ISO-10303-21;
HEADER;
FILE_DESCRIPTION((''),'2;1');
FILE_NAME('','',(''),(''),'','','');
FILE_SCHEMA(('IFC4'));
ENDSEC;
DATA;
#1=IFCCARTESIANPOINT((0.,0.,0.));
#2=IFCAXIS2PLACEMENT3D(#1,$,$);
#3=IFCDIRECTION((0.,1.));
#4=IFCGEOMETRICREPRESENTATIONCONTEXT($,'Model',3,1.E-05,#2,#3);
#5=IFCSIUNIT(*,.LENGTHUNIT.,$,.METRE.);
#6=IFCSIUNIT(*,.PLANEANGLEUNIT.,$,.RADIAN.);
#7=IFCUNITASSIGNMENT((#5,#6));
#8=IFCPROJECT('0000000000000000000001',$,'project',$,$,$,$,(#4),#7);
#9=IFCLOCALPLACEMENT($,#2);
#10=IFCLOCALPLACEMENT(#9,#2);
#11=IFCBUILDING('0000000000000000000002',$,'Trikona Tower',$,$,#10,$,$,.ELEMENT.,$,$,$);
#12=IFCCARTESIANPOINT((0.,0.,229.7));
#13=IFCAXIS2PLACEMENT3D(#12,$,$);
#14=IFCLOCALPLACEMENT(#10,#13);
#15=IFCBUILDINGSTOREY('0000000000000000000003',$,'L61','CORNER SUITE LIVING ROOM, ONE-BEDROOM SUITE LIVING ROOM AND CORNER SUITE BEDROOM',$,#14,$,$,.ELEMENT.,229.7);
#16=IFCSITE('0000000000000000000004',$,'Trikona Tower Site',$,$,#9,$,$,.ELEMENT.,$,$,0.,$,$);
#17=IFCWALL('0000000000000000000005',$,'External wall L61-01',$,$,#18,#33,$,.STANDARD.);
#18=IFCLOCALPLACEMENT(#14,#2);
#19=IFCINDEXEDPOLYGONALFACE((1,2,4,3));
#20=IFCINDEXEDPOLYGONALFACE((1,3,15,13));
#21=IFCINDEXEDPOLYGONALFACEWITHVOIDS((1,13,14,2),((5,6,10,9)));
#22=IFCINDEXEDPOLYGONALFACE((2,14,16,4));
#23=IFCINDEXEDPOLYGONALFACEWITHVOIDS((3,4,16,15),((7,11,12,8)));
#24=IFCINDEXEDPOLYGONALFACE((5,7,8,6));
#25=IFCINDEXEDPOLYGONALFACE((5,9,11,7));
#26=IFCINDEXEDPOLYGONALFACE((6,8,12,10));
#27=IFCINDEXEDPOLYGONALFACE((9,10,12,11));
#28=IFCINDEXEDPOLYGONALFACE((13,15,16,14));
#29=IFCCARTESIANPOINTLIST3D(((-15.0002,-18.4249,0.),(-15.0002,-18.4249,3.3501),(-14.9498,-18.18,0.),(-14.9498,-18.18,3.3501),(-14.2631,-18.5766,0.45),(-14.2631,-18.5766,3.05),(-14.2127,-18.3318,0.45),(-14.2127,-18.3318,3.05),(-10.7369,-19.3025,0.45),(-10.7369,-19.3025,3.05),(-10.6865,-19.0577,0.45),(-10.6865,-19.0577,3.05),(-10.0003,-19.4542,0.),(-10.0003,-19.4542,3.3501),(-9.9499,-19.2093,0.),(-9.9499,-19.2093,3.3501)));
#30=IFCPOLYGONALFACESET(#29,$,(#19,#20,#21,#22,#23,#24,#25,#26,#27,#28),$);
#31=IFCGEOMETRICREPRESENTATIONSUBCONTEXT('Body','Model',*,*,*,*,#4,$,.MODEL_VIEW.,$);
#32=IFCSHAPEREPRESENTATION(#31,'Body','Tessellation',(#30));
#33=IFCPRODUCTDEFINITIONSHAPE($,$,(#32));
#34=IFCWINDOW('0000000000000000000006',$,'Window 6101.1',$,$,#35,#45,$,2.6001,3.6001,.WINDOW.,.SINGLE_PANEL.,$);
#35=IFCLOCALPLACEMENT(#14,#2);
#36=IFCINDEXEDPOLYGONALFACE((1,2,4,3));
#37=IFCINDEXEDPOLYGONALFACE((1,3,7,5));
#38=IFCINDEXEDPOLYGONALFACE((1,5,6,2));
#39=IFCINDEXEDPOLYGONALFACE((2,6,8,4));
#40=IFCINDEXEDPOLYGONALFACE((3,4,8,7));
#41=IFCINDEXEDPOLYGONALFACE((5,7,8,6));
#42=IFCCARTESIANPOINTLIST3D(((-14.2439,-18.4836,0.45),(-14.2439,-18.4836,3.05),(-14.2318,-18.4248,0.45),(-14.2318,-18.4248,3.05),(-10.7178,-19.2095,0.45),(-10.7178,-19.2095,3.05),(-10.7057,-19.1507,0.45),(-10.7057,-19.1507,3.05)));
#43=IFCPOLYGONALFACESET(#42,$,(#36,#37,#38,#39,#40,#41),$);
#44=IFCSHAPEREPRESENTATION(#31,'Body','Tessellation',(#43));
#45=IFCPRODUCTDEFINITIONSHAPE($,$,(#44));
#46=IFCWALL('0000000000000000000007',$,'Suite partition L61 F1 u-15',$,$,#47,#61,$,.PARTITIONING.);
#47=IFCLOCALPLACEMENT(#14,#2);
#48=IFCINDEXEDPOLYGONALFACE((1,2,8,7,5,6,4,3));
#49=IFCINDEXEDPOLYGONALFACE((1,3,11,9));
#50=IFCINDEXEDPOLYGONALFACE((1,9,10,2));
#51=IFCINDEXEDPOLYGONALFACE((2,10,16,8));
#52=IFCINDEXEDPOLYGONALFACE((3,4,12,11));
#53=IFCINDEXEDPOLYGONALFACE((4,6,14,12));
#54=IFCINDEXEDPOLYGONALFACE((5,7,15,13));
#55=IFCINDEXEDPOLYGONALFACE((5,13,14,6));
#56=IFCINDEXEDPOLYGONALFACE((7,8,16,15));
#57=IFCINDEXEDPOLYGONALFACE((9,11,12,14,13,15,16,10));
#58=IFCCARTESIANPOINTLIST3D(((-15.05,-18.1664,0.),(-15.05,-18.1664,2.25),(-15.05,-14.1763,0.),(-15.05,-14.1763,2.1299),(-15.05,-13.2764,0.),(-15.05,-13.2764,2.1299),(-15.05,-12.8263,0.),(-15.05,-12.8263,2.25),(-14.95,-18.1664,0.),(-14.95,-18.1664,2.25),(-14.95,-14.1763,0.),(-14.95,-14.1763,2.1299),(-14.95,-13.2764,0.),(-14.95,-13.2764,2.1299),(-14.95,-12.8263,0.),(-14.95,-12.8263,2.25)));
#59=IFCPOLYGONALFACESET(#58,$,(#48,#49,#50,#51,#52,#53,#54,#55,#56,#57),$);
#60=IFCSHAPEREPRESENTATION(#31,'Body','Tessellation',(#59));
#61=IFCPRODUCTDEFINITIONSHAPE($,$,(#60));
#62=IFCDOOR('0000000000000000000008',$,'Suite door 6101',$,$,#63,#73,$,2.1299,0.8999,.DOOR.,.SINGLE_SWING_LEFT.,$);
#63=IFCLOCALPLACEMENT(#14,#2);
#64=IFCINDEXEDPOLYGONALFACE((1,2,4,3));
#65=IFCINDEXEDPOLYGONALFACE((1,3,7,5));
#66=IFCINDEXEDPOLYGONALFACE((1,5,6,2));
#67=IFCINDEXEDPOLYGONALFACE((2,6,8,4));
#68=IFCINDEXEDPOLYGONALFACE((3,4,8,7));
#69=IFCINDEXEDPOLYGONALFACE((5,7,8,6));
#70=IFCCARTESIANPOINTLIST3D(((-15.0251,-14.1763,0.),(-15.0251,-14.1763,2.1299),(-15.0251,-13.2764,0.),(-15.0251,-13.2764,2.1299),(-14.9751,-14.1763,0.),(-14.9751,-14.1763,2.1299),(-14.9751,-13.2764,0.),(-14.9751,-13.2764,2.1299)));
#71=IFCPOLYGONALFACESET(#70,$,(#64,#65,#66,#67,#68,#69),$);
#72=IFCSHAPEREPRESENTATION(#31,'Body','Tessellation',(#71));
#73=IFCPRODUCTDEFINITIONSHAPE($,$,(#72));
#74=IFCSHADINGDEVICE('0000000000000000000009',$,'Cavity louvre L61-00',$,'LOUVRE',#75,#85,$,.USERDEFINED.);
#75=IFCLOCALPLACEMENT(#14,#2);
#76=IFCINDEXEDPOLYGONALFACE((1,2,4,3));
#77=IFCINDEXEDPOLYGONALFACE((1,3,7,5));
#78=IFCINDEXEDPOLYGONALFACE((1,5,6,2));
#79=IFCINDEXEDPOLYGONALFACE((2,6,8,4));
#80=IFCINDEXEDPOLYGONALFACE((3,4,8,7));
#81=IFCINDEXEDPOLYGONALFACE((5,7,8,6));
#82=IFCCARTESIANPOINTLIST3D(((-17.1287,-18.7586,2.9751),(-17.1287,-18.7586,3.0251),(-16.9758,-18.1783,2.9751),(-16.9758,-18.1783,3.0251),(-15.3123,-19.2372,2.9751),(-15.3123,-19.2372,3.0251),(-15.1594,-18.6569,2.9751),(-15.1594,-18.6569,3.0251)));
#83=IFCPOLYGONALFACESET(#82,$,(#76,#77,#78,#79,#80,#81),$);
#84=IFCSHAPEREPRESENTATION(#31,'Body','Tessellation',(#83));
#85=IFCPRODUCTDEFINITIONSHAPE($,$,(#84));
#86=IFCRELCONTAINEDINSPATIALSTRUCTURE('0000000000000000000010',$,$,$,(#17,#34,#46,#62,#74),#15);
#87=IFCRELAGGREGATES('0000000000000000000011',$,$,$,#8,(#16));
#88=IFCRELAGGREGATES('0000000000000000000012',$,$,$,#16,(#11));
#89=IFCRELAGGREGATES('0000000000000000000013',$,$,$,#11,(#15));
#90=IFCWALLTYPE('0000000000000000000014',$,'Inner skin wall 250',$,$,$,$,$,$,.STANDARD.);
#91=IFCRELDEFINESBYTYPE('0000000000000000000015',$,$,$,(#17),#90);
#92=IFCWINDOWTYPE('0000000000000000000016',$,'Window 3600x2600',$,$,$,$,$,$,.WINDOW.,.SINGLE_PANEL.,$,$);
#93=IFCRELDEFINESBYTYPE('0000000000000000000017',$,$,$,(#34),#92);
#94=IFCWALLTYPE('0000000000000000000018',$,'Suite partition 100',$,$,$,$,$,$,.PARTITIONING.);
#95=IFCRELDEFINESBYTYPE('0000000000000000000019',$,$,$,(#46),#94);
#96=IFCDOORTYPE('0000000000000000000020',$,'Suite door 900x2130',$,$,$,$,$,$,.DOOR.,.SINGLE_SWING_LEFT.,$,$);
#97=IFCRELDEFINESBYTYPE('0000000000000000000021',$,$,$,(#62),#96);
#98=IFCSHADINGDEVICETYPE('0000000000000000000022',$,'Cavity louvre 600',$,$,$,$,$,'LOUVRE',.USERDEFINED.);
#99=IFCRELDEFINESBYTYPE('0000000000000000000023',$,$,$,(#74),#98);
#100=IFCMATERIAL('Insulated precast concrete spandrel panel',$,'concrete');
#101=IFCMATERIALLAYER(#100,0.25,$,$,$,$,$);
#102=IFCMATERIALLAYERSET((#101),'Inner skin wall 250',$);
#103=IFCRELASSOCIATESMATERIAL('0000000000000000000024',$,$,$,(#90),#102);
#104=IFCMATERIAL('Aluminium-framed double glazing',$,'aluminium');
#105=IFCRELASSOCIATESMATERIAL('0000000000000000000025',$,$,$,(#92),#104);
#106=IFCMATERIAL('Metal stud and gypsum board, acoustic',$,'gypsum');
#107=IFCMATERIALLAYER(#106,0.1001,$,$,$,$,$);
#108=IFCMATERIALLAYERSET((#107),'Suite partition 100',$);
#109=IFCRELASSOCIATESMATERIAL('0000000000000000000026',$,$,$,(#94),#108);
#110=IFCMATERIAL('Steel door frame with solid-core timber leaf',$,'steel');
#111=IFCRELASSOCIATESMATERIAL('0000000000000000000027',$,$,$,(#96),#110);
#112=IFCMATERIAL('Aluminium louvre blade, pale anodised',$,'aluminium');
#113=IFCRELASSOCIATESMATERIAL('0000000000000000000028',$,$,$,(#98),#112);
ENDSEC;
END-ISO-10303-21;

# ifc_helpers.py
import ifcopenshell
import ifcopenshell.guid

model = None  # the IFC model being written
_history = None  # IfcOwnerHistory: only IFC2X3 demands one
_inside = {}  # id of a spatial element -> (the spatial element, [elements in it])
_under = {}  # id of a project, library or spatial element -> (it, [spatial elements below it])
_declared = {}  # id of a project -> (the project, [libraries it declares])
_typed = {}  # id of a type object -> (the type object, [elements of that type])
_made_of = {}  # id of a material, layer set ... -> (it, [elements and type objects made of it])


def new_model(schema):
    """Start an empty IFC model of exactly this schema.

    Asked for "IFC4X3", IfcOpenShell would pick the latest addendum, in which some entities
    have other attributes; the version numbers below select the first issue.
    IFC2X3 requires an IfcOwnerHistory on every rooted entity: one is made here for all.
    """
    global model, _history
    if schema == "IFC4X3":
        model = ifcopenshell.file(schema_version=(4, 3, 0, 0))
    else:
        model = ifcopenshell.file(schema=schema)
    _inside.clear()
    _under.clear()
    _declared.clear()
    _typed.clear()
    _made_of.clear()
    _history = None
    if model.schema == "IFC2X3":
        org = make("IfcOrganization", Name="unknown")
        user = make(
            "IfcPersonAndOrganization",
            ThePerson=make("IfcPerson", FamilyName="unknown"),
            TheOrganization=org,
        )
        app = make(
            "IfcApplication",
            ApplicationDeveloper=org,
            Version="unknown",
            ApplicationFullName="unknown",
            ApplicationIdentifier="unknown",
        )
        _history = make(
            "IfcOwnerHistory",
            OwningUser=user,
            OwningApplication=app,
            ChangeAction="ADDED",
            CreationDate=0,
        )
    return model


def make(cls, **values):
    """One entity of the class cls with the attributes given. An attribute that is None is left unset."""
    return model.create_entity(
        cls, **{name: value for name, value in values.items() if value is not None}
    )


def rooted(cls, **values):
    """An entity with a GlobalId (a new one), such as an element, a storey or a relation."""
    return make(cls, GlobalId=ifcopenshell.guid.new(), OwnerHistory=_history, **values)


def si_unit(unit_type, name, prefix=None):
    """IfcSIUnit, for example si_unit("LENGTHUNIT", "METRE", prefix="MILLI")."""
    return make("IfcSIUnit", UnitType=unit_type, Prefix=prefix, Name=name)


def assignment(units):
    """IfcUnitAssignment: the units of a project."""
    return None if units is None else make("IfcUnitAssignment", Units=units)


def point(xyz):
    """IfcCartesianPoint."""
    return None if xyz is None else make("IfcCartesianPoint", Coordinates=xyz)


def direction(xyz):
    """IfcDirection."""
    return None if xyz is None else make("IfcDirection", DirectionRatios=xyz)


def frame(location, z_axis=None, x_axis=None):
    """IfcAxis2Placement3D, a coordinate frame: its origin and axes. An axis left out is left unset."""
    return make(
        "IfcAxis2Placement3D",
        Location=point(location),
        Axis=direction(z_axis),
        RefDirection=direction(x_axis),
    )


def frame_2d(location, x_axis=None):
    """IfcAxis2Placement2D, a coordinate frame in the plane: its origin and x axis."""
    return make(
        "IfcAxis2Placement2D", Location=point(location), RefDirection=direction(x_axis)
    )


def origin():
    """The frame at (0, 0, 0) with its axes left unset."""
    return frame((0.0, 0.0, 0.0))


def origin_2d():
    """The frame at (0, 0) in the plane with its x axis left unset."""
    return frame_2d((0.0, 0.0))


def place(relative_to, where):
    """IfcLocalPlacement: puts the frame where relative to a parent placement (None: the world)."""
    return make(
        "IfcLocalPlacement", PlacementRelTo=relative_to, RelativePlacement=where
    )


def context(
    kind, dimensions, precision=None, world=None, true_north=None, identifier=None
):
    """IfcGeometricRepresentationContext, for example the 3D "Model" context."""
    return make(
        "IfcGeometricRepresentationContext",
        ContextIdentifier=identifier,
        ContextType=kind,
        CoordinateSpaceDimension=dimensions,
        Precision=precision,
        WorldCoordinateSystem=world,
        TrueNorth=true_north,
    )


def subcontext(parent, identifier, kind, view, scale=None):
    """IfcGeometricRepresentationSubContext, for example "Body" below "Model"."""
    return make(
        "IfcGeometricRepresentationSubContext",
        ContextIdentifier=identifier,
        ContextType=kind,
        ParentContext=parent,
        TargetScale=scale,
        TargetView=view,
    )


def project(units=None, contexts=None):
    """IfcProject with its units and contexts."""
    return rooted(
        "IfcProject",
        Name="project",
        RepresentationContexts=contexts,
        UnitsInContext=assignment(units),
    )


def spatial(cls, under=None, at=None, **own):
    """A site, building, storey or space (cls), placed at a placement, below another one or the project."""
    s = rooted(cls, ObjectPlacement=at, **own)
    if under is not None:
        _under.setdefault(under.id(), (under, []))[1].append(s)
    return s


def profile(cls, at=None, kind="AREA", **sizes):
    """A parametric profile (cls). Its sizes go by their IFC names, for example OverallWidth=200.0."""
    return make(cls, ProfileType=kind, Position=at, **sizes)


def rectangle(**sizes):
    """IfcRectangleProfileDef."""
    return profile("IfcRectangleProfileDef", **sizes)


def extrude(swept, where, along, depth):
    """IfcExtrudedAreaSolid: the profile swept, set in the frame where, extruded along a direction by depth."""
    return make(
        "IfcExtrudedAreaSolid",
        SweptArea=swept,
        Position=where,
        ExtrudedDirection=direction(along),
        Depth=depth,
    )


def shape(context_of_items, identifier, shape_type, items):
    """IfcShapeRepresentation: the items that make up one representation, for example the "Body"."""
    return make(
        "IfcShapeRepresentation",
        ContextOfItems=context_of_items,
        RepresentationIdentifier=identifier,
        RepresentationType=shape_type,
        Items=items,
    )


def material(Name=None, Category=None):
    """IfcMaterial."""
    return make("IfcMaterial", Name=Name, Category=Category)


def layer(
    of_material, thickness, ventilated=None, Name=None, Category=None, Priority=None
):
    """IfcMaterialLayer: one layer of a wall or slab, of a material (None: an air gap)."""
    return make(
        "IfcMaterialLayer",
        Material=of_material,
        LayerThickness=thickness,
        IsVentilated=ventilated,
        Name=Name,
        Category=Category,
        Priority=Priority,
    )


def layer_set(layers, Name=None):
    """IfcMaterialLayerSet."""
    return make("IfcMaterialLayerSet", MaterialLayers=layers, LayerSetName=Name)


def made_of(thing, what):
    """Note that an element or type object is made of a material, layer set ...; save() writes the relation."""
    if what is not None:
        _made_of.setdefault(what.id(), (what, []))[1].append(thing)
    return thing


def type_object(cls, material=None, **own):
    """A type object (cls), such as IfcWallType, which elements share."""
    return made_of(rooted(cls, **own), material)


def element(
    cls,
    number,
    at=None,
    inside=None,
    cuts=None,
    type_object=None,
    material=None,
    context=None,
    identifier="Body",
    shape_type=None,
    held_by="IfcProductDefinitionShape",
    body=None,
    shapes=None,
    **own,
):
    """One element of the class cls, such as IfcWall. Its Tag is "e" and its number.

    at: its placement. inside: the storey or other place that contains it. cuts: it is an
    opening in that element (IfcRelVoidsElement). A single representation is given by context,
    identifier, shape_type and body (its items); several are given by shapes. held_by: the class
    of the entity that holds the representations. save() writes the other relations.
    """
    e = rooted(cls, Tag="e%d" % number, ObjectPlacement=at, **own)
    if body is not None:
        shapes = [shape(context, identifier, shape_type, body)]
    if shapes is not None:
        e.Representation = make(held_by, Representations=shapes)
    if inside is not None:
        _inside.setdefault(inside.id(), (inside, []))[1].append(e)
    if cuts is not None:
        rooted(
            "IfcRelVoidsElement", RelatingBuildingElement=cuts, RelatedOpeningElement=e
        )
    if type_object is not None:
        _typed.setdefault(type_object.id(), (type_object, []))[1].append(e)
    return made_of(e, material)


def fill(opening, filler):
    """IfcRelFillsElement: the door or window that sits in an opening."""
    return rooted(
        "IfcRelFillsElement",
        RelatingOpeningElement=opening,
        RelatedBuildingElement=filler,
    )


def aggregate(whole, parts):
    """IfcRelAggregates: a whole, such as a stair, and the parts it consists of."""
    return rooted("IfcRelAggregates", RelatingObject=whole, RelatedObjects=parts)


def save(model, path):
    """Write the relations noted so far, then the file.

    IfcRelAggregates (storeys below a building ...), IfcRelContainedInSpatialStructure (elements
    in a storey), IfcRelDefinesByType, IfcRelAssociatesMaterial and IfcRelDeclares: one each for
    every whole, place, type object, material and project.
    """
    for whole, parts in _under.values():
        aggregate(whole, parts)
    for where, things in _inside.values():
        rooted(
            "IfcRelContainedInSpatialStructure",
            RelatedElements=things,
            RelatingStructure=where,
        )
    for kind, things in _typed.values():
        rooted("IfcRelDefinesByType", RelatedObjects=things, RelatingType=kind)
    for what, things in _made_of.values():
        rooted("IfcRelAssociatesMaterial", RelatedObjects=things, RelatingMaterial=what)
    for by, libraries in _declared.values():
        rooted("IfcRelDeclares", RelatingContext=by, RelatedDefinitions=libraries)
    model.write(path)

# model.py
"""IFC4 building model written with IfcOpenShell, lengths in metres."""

from ifc_helpers import new_model, si_unit, direction, frame, frame_2d, origin, origin_2d, place, context, subcontext, project, spatial, rectangle, extrude, material, layer, layer_set, type_object, element, fill, save


model = new_model("IFC4")

# Units and contexts
model_context = context("Model", 3, precision=1e-05, world=origin(), true_north=direction((0.0, 1.0)))
body_context = subcontext(model_context, "Body", "Model", "MODEL_VIEW")
ifc_project = project(units=[si_unit("LENGTHUNIT", "METRE"), si_unit("PLANEANGLEUNIT", "RADIAN")], contexts=[model_context])

# Site, building, storey
site_placement = place(None, origin())
site = spatial("IfcSite", under=ifc_project, at=site_placement, Name="Trikona Tower Site", CompositionType="ELEMENT", RefElevation=0.0)
building_placement = place(site_placement, origin())
building = spatial("IfcBuilding", under=site, at=building_placement, Name="Trikona Tower", CompositionType="ELEMENT")
storey_placement = place(building_placement, frame((0.0, 0.0, 229.7)))
storey = spatial("IfcBuildingStorey", under=building, at=storey_placement, Name="L61", Description="CORNER SUITE LIVING ROOM, ONE-BEDROOM SUITE LIVING ROOM AND CORNER SUITE BEDROOM", CompositionType="ELEMENT", Elevation=229.7)

# Wall, opening, window
ifc_material_1 = material(Name="Insulated precast concrete spandrel panel", Category="concrete")
ifc_layer_1 = layer(ifc_material_1, 0.25)
ifc_layer_set_1 = layer_set([ifc_layer_1], Name="Inner skin wall 250")
wall_type_1 = type_object("IfcWallType", Name="Inner skin wall 250", PredefinedType="STANDARD", material=ifc_layer_set_1)
wall_1_placement = place(storey_placement, frame((-14.9749, -18.3025, 0.0), z_axis=(0.0, 0.0, 1.0), x_axis=(0.979461, -0.201631, 0.0)))
wall_1 = element("IfcWall", 1, at=wall_1_placement, inside=storey, type_object=wall_type_1, Name="External wall L61-01", PredefinedType="STANDARD", context=body_context, shape_type="SweptSolid", body=[
    extrude(rectangle(XDim=5.1047, YDim=0.25, at=frame_2d((2.5522, 0.0))), origin(), (0.0, 0.0, 1.0), 3.3501),
])
opening_1_placement = place(wall_1_placement, frame((0.7524, 0.0, 0.45)))
opening_1 = element("IfcOpeningElement", 2, at=opening_1_placement, cuts=wall_1, PredefinedType="OPENING", context=body_context, shape_type="SweptSolid", body=[
    extrude(rectangle(XDim=3.6001, YDim=2.6001, at=frame_2d((1.8, 1.3))), frame((0.0, 0.135, 0.0), z_axis=(0.0, -1.0, 0.0), x_axis=(1.0, 0.0, 0.0)), (0.0, 0.0, 1.0), 0.27),
])
ifc_material_2 = material(Name="Aluminium-framed double glazing", Category="aluminium")
window_type = type_object("IfcWindowType", Name="Window 3600x2600", PartitioningType="SINGLE_PANEL", PredefinedType="WINDOW", material=ifc_material_2)
window_placement = place(opening_1_placement, origin())
window = element("IfcWindow", 3, at=window_placement, inside=storey, type_object=window_type, Name="Window 6101.1", OverallHeight=2.6001, OverallWidth=3.6001, PartitioningType="SINGLE_PANEL", PredefinedType="WINDOW", context=body_context, shape_type="SweptSolid", body=[
    extrude(rectangle(XDim=3.6001, YDim=2.6001, at=frame_2d((1.8, 1.3))), frame((0.0, 0.03, 0.0), z_axis=(0.0, -1.0, 0.0), x_axis=(1.0, 0.0, 0.0)), (0.0, 0.0, 1.0), 0.0601),
])
fill(opening_1, window)

# Wall, opening, door
ifc_material_3 = material(Name="Metal stud and gypsum board, acoustic", Category="gypsum")
ifc_layer_2 = layer(ifc_material_3, 0.1001)
ifc_layer_set_2 = layer_set([ifc_layer_2], Name="Suite partition 100")
wall_type_2 = type_object("IfcWallType", Name="Suite partition 100", PredefinedType="PARTITIONING", material=ifc_layer_set_2)
wall_2_placement = place(storey_placement, frame((-15.0, -12.8264, 0.0), z_axis=(0.0, 0.0, 1.0), x_axis=(0.0, -1.0, 0.0)))
wall_2 = element("IfcWall", 4, at=wall_2_placement, inside=storey, type_object=wall_type_2, Name="Suite partition L61 F1 u-15", PredefinedType="PARTITIONING", context=body_context, shape_type="SweptSolid", body=[
    extrude(rectangle(XDim=5.3401, YDim=0.1001, at=frame_2d((2.6699, 0.0))), origin(), (0.0, 0.0, 1.0), 2.25),
])
opening_2_placement = place(wall_2_placement, frame((0.45, 0.0, 0.0)))
opening_2 = element("IfcOpeningElement", 5, at=opening_2_placement, cuts=wall_2, PredefinedType="OPENING", context=body_context, shape_type="SweptSolid", body=[
    extrude(rectangle(XDim=0.8999, YDim=2.1299, at=frame_2d((0.45, 1.0649))), frame((0.0, 0.0601, 0.0), z_axis=(0.0, -1.0, 0.0), x_axis=(1.0, 0.0, 0.0)), (0.0, 0.0, 1.0), 0.1201),
])
ifc_material_4 = material(Name="Steel door frame with solid-core timber leaf", Category="steel")
door_type = type_object("IfcDoorType", Name="Suite door 900x2130", OperationType="SINGLE_SWING_LEFT", PredefinedType="DOOR", material=ifc_material_4)
door_placement = place(opening_2_placement, origin())
door = element("IfcDoor", 6, at=door_placement, inside=storey, type_object=door_type, Name="Suite door 6101", OperationType="SINGLE_SWING_LEFT", OverallHeight=2.1299, OverallWidth=0.8999, PredefinedType="DOOR", context=body_context, shape_type="SweptSolid", body=[
    extrude(rectangle(XDim=0.8999, YDim=2.1299, at=frame_2d((0.45, 1.0649))), frame((0.0, 0.0249, 0.0), z_axis=(0.0, -1.0, 0.0), x_axis=(1.0, 0.0, 0.0)), (0.0, 0.0, 1.0), 0.05),
])
fill(opening_2, door)

# Shading device
ifc_material_5 = material(Name="Aluminium louvre blade, pale anodised", Category="aluminium")
shading_device_type = type_object("IfcShadingDeviceType", Name="Cavity louvre 600", ElementType="LOUVRE", PredefinedType="USERDEFINED", material=ifc_material_5)
shading_device_placement = place(storey_placement, frame((-16.144, -18.7078, 2.9751), z_axis=(0.0, 0.0, 1.0), x_axis=(0.966993, -0.254803, 0.0)))
element("IfcShadingDevice", 7, at=shading_device_placement, inside=storey, type_object=shading_device_type, Name="Cavity louvre L61-00", ObjectType="LOUVRE", PredefinedType="USERDEFINED", context=body_context, shape_type="SweptSolid", body=[
    extrude(rectangle(XDim=1.8784, YDim=0.6001, at=origin_2d()), origin(), (0.0, 0.0, 1.0), 0.05),
])

save(model, "model.ifc")
